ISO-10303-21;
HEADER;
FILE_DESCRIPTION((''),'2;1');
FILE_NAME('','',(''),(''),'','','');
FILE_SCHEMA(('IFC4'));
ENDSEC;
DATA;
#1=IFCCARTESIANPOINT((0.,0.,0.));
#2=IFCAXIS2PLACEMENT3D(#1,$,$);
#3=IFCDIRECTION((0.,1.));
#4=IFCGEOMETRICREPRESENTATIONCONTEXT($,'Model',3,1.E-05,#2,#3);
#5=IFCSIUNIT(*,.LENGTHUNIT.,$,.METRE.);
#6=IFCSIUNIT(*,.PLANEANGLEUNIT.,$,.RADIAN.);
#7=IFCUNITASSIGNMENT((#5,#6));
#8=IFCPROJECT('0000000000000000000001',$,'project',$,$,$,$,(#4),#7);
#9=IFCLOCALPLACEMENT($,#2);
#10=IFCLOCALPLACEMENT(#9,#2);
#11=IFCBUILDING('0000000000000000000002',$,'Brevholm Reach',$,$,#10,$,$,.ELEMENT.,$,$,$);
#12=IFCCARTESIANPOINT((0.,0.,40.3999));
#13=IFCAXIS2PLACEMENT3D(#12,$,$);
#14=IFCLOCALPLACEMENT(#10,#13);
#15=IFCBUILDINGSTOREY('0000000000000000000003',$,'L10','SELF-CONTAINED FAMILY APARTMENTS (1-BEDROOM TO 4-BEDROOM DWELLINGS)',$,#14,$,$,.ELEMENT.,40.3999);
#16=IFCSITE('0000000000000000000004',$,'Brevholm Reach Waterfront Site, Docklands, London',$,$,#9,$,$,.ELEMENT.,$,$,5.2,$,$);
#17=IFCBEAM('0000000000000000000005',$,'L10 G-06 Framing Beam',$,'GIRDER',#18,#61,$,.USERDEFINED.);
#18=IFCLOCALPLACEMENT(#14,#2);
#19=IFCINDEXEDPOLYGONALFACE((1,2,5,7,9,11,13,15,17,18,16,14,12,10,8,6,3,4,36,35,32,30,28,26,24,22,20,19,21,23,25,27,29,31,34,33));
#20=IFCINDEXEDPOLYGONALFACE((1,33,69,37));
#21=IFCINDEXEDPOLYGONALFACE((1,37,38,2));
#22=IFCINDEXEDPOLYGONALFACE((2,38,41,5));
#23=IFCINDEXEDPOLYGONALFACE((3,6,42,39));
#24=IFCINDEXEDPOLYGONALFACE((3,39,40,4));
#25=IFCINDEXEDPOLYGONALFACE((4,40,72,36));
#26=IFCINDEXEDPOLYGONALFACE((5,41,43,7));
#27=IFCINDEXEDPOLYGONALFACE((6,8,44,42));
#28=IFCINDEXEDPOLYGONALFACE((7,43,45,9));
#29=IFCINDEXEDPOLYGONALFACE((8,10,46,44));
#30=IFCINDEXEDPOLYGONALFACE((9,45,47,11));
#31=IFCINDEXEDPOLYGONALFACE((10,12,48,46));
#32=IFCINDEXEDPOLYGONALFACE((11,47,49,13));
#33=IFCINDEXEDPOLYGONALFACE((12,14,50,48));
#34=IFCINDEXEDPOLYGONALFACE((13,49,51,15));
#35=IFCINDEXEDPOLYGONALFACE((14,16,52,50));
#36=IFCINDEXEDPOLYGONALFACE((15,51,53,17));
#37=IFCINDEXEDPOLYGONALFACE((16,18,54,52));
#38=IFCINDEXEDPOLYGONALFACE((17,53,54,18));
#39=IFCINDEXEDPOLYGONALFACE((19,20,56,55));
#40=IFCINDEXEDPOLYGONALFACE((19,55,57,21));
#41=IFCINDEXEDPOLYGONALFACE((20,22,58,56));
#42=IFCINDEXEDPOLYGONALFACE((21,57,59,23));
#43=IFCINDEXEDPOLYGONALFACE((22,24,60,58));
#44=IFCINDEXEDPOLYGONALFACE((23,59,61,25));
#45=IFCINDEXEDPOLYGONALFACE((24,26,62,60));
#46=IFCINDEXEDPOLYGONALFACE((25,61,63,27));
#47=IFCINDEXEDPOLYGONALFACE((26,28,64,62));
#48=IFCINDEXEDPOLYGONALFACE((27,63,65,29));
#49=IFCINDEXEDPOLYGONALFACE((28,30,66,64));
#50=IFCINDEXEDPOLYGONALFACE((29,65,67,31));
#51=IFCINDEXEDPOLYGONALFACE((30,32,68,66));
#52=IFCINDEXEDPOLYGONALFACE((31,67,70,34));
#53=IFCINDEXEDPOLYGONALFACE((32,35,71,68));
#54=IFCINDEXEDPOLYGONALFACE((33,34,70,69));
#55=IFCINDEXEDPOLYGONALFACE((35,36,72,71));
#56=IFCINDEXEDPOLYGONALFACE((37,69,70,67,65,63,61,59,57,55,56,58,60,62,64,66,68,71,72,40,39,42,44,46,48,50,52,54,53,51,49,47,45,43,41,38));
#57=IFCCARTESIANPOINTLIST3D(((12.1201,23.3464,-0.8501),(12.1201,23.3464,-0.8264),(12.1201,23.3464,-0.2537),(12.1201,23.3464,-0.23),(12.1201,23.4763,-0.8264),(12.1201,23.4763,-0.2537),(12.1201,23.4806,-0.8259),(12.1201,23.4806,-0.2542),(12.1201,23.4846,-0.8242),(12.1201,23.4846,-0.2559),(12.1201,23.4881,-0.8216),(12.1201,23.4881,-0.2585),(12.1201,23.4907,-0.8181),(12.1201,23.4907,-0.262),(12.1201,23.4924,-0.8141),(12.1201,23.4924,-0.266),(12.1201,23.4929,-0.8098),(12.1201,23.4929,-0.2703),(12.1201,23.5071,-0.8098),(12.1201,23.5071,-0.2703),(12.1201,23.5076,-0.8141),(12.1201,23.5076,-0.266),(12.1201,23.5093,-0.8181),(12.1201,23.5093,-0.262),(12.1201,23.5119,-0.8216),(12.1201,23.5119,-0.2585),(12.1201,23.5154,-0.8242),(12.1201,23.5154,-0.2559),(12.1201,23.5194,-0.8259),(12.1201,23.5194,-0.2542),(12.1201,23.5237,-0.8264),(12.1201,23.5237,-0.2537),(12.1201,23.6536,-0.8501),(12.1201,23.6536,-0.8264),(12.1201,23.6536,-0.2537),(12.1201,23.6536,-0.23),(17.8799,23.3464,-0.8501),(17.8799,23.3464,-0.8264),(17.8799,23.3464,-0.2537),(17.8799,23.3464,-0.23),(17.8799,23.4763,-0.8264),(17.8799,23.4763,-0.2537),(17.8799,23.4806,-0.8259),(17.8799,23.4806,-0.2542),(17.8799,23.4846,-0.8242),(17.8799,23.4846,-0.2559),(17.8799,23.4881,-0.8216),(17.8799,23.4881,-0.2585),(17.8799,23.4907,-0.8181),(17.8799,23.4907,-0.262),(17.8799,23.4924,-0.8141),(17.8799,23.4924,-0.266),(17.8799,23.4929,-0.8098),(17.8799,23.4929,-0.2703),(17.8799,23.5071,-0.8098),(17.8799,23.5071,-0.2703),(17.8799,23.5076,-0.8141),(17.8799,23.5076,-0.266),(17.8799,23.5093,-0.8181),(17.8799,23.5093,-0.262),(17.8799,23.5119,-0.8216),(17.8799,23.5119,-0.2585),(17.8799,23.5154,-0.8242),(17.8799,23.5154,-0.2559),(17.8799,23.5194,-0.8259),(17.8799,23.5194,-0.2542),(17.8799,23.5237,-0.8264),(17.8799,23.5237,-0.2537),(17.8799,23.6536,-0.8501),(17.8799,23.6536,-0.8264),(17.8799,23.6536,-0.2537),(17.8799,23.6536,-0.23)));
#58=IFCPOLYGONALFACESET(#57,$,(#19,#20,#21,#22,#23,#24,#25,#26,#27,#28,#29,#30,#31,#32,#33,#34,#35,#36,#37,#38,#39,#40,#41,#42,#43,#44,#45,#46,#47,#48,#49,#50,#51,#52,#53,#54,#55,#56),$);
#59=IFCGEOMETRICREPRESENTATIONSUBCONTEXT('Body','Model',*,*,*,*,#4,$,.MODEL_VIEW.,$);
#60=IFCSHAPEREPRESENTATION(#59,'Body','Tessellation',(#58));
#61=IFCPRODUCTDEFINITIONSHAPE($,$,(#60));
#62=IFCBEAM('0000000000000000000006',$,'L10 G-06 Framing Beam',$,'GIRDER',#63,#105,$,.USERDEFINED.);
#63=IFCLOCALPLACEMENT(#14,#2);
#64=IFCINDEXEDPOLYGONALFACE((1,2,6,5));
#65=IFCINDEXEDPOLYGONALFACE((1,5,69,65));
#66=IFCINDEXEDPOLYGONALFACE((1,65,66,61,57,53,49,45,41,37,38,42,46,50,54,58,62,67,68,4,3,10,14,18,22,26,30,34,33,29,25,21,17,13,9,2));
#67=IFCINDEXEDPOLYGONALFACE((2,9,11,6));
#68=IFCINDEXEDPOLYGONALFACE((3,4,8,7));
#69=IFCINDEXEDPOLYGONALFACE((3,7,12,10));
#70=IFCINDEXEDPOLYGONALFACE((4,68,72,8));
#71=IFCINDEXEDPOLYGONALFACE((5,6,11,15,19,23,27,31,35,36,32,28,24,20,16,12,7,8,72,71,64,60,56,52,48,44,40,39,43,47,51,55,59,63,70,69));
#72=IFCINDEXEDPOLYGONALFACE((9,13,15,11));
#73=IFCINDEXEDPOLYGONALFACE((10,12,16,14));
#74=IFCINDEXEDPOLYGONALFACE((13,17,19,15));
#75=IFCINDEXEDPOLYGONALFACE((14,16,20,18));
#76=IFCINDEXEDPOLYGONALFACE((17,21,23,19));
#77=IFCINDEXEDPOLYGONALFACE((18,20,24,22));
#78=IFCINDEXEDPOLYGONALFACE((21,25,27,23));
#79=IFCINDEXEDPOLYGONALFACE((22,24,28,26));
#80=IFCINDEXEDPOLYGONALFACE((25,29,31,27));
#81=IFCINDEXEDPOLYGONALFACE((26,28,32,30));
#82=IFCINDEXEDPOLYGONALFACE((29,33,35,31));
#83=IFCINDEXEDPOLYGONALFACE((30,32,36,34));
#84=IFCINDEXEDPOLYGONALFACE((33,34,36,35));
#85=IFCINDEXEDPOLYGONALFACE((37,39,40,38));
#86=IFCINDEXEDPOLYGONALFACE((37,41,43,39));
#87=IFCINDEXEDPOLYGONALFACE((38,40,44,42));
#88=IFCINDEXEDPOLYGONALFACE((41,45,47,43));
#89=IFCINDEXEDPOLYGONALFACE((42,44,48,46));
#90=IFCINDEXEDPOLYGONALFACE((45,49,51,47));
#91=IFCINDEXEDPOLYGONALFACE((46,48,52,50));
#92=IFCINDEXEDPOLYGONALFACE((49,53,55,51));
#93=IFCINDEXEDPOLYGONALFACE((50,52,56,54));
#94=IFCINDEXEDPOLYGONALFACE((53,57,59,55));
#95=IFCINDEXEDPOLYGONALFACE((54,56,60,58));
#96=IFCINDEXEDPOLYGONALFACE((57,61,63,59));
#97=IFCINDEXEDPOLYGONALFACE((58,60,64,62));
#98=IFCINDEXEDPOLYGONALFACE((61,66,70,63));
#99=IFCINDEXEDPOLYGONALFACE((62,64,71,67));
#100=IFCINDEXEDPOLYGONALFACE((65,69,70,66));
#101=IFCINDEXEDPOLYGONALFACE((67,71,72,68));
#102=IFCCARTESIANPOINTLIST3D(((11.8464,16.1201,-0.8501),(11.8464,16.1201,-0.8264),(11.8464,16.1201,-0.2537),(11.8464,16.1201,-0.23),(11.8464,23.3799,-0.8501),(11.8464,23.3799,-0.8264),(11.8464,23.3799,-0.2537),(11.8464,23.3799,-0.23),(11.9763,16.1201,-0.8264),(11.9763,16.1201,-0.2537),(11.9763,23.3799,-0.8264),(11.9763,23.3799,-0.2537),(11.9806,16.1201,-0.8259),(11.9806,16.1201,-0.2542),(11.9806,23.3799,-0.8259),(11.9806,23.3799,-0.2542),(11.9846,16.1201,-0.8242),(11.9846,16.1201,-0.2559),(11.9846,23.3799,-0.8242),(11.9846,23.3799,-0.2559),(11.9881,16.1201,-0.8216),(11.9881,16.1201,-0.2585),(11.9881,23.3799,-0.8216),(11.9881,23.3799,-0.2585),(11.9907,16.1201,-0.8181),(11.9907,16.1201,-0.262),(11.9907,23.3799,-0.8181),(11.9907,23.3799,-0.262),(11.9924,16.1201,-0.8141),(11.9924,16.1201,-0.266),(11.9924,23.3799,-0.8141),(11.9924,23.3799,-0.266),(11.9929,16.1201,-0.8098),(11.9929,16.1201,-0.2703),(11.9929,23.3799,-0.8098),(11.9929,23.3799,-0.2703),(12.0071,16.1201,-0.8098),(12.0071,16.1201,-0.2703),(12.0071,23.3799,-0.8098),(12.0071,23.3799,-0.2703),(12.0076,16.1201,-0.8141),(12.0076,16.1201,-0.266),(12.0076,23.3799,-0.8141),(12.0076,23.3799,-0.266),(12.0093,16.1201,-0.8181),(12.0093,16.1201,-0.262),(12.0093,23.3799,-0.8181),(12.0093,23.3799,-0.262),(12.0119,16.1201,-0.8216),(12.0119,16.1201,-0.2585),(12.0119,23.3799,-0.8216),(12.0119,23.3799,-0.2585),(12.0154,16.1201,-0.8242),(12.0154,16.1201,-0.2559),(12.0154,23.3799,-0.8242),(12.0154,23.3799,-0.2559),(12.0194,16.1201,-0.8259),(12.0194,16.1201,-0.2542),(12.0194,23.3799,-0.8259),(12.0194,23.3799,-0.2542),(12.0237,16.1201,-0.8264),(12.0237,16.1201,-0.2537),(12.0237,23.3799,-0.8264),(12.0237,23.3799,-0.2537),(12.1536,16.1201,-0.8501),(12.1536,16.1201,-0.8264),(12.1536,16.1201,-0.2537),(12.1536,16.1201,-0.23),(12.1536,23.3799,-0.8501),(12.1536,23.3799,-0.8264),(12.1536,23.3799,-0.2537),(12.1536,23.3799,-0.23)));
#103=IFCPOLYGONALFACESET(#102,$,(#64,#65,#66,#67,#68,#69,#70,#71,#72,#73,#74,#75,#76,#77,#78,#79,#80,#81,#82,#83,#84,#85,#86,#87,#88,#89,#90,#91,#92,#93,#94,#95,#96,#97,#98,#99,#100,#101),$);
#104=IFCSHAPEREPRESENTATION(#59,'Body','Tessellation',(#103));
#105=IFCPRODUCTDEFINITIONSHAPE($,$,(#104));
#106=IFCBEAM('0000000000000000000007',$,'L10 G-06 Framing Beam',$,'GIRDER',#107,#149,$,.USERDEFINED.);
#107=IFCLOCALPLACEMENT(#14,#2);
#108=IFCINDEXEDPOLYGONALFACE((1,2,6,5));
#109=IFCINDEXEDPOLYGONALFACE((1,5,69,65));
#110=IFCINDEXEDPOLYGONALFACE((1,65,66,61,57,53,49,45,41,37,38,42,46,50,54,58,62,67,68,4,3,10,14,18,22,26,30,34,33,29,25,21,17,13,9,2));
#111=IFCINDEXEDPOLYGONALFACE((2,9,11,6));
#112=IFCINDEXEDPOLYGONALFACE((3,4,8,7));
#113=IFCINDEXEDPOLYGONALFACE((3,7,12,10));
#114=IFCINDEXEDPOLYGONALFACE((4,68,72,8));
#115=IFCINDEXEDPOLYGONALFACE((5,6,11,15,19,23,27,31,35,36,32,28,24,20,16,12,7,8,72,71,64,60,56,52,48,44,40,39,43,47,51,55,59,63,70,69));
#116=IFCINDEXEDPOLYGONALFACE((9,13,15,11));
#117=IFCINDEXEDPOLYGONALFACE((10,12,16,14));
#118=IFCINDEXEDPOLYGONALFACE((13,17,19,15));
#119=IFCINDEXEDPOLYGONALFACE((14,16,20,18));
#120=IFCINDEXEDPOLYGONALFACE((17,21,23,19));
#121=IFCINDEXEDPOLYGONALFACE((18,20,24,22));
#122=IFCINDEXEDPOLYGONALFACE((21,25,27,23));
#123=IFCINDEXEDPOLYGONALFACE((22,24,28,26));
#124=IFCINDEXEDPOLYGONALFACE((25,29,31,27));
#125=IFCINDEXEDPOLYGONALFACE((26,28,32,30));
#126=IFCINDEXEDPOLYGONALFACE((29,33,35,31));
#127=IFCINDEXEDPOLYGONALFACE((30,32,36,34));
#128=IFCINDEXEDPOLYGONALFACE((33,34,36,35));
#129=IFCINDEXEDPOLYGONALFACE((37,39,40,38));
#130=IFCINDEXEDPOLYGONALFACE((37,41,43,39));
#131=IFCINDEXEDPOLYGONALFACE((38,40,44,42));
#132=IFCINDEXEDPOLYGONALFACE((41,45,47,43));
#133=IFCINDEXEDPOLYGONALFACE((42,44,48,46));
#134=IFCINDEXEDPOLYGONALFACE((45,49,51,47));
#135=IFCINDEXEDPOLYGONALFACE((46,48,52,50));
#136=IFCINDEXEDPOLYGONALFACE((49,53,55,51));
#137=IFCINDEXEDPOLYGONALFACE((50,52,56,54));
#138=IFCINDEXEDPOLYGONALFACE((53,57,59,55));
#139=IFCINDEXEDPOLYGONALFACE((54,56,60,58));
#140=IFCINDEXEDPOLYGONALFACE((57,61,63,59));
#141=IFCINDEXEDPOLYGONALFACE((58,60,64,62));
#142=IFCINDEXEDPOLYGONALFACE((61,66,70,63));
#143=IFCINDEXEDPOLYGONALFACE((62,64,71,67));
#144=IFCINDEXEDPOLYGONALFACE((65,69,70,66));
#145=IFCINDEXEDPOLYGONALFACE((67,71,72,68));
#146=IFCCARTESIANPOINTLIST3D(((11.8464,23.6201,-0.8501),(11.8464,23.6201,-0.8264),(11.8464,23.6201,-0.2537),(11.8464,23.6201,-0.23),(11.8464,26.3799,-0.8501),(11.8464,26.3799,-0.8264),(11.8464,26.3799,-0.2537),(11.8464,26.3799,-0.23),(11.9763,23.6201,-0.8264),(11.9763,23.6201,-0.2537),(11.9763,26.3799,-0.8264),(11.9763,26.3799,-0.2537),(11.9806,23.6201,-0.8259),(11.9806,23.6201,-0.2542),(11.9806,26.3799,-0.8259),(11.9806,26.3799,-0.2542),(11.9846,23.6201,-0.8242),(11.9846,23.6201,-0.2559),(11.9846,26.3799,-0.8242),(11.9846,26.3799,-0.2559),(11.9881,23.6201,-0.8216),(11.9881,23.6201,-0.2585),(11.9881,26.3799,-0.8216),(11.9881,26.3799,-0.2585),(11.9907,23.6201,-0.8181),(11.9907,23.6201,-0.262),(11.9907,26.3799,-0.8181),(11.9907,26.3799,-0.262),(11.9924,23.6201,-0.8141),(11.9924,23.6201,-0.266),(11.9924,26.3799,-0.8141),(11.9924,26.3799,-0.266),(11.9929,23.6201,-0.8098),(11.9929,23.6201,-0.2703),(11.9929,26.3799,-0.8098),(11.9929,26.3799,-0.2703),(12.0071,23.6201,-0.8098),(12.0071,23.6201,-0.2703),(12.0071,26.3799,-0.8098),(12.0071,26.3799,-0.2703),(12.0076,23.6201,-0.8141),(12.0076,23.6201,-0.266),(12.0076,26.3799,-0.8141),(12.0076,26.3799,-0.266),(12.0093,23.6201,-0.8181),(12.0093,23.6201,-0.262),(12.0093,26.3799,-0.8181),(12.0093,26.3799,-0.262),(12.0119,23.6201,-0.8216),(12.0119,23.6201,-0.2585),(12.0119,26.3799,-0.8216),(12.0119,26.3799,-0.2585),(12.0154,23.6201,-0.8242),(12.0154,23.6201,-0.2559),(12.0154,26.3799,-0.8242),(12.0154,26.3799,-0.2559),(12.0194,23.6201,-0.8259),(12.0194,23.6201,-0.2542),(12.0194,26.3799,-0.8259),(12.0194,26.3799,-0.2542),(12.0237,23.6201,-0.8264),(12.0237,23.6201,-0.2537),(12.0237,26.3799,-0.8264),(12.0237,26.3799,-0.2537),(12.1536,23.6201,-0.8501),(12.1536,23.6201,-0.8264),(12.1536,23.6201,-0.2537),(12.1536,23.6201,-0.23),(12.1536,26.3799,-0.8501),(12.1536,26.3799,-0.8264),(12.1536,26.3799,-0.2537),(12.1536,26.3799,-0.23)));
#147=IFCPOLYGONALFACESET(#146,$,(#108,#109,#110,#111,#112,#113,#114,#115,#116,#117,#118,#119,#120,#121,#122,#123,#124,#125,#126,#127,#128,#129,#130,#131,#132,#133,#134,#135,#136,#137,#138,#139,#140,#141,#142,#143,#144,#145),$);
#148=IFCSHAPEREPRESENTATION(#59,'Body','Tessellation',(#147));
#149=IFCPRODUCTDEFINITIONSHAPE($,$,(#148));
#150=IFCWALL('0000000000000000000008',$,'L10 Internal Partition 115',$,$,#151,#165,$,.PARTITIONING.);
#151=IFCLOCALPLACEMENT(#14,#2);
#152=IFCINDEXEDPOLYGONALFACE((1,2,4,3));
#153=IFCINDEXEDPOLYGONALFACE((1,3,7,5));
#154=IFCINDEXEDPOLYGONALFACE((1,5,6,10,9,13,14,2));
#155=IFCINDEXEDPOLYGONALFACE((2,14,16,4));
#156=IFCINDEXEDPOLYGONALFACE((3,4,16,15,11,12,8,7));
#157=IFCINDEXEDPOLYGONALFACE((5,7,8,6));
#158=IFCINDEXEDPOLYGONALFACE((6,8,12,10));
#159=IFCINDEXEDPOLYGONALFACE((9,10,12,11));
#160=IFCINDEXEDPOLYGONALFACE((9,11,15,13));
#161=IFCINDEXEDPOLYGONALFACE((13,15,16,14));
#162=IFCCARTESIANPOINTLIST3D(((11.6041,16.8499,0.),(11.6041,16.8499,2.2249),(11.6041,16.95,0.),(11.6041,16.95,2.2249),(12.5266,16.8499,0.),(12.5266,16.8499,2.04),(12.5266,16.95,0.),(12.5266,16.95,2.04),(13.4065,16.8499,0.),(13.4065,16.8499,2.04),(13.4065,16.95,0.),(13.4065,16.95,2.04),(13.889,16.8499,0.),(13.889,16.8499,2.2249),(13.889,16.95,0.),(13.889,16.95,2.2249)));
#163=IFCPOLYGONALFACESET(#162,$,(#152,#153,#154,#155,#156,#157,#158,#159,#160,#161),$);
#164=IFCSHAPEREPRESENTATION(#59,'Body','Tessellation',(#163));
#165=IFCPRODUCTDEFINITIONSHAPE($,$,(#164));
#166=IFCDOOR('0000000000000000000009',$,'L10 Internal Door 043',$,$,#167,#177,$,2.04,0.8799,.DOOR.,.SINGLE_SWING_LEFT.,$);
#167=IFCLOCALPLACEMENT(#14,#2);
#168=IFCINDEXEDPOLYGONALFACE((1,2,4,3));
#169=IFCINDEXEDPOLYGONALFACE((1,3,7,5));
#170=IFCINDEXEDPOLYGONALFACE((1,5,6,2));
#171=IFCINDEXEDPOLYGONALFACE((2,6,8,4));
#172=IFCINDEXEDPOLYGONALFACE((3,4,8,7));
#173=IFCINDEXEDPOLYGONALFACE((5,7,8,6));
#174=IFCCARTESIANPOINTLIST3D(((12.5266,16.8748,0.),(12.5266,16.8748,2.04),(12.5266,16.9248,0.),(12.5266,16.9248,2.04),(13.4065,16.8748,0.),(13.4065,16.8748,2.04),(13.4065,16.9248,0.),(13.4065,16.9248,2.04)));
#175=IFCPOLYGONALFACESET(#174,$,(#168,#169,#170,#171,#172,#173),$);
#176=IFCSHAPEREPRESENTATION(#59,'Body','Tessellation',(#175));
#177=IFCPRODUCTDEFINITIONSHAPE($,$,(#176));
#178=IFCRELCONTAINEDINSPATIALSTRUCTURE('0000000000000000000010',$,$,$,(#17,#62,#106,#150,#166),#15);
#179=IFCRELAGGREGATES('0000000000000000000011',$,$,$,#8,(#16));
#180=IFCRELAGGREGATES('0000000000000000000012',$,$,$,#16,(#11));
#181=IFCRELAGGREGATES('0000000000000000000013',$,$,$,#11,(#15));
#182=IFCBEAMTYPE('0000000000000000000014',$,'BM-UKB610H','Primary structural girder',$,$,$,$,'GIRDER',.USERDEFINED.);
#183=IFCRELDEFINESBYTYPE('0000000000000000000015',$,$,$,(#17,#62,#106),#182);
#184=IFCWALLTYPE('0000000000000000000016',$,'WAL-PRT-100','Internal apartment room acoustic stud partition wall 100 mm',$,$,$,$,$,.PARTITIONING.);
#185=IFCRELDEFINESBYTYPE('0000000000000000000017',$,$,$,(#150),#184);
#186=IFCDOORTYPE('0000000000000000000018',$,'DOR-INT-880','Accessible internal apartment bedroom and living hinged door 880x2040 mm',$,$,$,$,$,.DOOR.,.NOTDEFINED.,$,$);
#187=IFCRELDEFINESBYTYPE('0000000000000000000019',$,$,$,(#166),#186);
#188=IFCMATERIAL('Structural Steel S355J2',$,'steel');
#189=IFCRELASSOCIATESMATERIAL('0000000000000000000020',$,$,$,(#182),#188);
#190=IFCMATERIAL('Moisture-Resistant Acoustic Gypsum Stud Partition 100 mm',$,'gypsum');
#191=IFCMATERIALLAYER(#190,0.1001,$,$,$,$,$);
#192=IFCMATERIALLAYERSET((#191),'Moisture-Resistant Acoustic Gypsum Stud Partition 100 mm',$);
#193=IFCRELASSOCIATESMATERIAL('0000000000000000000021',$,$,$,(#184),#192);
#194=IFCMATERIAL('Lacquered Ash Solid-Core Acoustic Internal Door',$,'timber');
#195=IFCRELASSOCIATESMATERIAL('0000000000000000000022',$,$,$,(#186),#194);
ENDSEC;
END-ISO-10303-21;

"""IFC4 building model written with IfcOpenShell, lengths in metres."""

from ifc_helpers import new_model, si_unit, direction, frame, frame_2d, origin, origin_2d, place, context, subcontext, project, spatial, rectangle, i_section, extrude, material, layer, layer_set, material_profile, profile_set, type_object, element, fill, save


model = new_model("IFC4")

# Units and contexts
model_context = context("Model", 3, precision=1e-05, world=origin(), true_north=direction((0.0, 1.0)))
body_context = subcontext(model_context, "Body", "Model", "MODEL_VIEW")
ifc_project = project(units=[si_unit("LENGTHUNIT", "METRE"), si_unit("PLANEANGLEUNIT", "RADIAN")], contexts=[model_context])

# Site, building, storey
site_placement = place(None, origin())
site = spatial("IfcSite", under=ifc_project, at=site_placement, Name="Brevholm Reach Waterfront Site, Docklands, London", CompositionType="ELEMENT", RefElevation=5.2)
building_placement = place(site_placement, origin())
building = spatial("IfcBuilding", under=site, at=building_placement, Name="Brevholm Reach", CompositionType="ELEMENT")
storey_placement = place(building_placement, frame((0.0, 0.0, 40.3999)))
storey = spatial("IfcBuildingStorey", under=building, at=storey_placement, Name="L10", Description="SELF-CONTAINED FAMILY APARTMENTS (1-BEDROOM TO 4-BEDROOM DWELLINGS)", CompositionType="ELEMENT", Elevation=40.3999)

# Beams
ifc_material_1 = material(Name="Structural Steel S355J2", Category="steel")
ifc_material_profile_1 = material_profile(ifc_material_1, i_section(OverallWidth=0.3071, OverallDepth=0.6201, WebThickness=0.0142, FlangeThickness=0.0237, FilletRadius=0.0166, at=origin_2d()), Name="UKB 610x305x179")
ifc_profile_set_1 = profile_set([ifc_material_profile_1], Name="Structural Steel S355J2")
beam_type_1 = type_object("IfcBeamType", Name="BM-UKB610H", Description="Primary structural girder", ElementType="GIRDER", PredefinedType="USERDEFINED", material=ifc_profile_set_1)
for number, where, z_axis, x_axis, name in (
    (1, (12.1201, 23.5, -0.54), (1.0, 0.0, 0.0), (0.0, 1.0, 0.0), "L10 G-06 Framing Beam"),
):
    element("IfcBeam", number, at=place(storey_placement, frame(where, z_axis=z_axis, x_axis=x_axis)), inside=storey, type_object=beam_type_1, Name=name, ObjectType="GIRDER", PredefinedType="USERDEFINED", context=body_context, shape_type="SweptSolid", body=[
        extrude(i_section(OverallWidth=0.3071, OverallDepth=0.6201, WebThickness=0.0142, FlangeThickness=0.0237, FilletRadius=0.0166, at=origin_2d()), origin(), (0.0, 0.0, 1.0), 5.7598),
    ])
beam_1_placement = place(storey_placement, frame((12.0, 16.1201, -0.54), z_axis=(0.0, 1.0, 0.0), x_axis=(-1.0, 0.0, 0.0)))
element("IfcBeam", 2, at=beam_1_placement, inside=storey, type_object=beam_type_1, Name="L10 G-06 Framing Beam", ObjectType="GIRDER", PredefinedType="USERDEFINED", context=body_context, shape_type="SweptSolid", body=[
    extrude(i_section(OverallWidth=0.3071, OverallDepth=0.6201, WebThickness=0.0142, FlangeThickness=0.0237, FilletRadius=0.0166, at=origin_2d()), origin(), (0.0, 0.0, 1.0), 7.2598),
])
beam_2_placement = place(storey_placement, frame((12.0, 23.6201, -0.54), z_axis=(0.0, 1.0, 0.0), x_axis=(-1.0, 0.0, 0.0)))
element("IfcBeam", 3, at=beam_2_placement, inside=storey, type_object=beam_type_1, Name="L10 G-06 Framing Beam", ObjectType="GIRDER", PredefinedType="USERDEFINED", context=body_context, shape_type="SweptSolid", body=[
    extrude(i_section(OverallWidth=0.3071, OverallDepth=0.6201, WebThickness=0.0142, FlangeThickness=0.0237, FilletRadius=0.0166, at=origin_2d()), origin(), (0.0, 0.0, 1.0), 2.7598),
])

# Wall, opening, door
ifc_material_2 = material(Name="Moisture-Resistant Acoustic Gypsum Stud Partition 100 mm", Category="gypsum")
ifc_layer_1 = layer(ifc_material_2, 0.1001)
ifc_layer_set_1 = layer_set([ifc_layer_1], Name="Moisture-Resistant Acoustic Gypsum Stud Partition 100 mm")
wall_type_1 = type_object("IfcWallType", Name="WAL-PRT-100", Description="Internal apartment room acoustic stud partition wall 100 mm", PredefinedType="PARTITIONING", material=ifc_layer_set_1)
wall_1_placement = place(storey_placement, frame((11.604, 16.8999, 0.0), z_axis=(0.0, 0.0, 1.0), x_axis=(1.0, 0.0, 0.0)))
wall_1 = element("IfcWall", 4, at=wall_1_placement, inside=storey, type_object=wall_type_1, Name="L10 Internal Partition 115", PredefinedType="PARTITIONING", context=body_context, shape_type="SweptSolid", body=[
    extrude(rectangle(XDim=2.2849, YDim=0.1001, at=frame_2d((1.1426, 0.0))), origin(), (0.0, 0.0, 1.0), 2.2249),
])
opening_1_placement = place(wall_1_placement, frame((0.9226, 0.0, 0.0)))
opening_1 = element("IfcOpeningElement", 5, at=opening_1_placement, cuts=wall_1, PredefinedType="OPENING", context=body_context, shape_type="SweptSolid", body=[
    extrude(rectangle(XDim=0.8799, YDim=2.04, at=frame_2d((0.4399, 1.02))), frame((0.0, 0.0601, 0.0), z_axis=(0.0, -1.0, 0.0), x_axis=(1.0, 0.0, 0.0)), (0.0, 0.0, 1.0), 0.1201),
])
ifc_material_3 = material(Name="Lacquered Ash Solid-Core Acoustic Internal Door", Category="timber")
door_type_1 = type_object("IfcDoorType", Name="DOR-INT-880", Description="Accessible internal apartment bedroom and living hinged door 880x2040 mm", OperationType="NOTDEFINED", PredefinedType="DOOR", material=ifc_material_3)
door_1_placement = place(opening_1_placement, origin())
door_1 = element("IfcDoor", 6, at=door_1_placement, inside=storey, type_object=door_type_1, Name="L10 Internal Door 043", OperationType="SINGLE_SWING_LEFT", OverallHeight=2.04, OverallWidth=0.8799, PredefinedType="DOOR", context=body_context, shape_type="SweptSolid", body=[
    extrude(rectangle(XDim=0.8799, YDim=2.04, at=frame_2d((0.4399, 1.02))), frame((0.0, 0.0249, 0.0), z_axis=(0.0, -1.0, 0.0), x_axis=(1.0, 0.0, 0.0)), (0.0, 0.0, 1.0), 0.05),
])
fill(opening_1, door_1)

save(model, "model.ifc")
